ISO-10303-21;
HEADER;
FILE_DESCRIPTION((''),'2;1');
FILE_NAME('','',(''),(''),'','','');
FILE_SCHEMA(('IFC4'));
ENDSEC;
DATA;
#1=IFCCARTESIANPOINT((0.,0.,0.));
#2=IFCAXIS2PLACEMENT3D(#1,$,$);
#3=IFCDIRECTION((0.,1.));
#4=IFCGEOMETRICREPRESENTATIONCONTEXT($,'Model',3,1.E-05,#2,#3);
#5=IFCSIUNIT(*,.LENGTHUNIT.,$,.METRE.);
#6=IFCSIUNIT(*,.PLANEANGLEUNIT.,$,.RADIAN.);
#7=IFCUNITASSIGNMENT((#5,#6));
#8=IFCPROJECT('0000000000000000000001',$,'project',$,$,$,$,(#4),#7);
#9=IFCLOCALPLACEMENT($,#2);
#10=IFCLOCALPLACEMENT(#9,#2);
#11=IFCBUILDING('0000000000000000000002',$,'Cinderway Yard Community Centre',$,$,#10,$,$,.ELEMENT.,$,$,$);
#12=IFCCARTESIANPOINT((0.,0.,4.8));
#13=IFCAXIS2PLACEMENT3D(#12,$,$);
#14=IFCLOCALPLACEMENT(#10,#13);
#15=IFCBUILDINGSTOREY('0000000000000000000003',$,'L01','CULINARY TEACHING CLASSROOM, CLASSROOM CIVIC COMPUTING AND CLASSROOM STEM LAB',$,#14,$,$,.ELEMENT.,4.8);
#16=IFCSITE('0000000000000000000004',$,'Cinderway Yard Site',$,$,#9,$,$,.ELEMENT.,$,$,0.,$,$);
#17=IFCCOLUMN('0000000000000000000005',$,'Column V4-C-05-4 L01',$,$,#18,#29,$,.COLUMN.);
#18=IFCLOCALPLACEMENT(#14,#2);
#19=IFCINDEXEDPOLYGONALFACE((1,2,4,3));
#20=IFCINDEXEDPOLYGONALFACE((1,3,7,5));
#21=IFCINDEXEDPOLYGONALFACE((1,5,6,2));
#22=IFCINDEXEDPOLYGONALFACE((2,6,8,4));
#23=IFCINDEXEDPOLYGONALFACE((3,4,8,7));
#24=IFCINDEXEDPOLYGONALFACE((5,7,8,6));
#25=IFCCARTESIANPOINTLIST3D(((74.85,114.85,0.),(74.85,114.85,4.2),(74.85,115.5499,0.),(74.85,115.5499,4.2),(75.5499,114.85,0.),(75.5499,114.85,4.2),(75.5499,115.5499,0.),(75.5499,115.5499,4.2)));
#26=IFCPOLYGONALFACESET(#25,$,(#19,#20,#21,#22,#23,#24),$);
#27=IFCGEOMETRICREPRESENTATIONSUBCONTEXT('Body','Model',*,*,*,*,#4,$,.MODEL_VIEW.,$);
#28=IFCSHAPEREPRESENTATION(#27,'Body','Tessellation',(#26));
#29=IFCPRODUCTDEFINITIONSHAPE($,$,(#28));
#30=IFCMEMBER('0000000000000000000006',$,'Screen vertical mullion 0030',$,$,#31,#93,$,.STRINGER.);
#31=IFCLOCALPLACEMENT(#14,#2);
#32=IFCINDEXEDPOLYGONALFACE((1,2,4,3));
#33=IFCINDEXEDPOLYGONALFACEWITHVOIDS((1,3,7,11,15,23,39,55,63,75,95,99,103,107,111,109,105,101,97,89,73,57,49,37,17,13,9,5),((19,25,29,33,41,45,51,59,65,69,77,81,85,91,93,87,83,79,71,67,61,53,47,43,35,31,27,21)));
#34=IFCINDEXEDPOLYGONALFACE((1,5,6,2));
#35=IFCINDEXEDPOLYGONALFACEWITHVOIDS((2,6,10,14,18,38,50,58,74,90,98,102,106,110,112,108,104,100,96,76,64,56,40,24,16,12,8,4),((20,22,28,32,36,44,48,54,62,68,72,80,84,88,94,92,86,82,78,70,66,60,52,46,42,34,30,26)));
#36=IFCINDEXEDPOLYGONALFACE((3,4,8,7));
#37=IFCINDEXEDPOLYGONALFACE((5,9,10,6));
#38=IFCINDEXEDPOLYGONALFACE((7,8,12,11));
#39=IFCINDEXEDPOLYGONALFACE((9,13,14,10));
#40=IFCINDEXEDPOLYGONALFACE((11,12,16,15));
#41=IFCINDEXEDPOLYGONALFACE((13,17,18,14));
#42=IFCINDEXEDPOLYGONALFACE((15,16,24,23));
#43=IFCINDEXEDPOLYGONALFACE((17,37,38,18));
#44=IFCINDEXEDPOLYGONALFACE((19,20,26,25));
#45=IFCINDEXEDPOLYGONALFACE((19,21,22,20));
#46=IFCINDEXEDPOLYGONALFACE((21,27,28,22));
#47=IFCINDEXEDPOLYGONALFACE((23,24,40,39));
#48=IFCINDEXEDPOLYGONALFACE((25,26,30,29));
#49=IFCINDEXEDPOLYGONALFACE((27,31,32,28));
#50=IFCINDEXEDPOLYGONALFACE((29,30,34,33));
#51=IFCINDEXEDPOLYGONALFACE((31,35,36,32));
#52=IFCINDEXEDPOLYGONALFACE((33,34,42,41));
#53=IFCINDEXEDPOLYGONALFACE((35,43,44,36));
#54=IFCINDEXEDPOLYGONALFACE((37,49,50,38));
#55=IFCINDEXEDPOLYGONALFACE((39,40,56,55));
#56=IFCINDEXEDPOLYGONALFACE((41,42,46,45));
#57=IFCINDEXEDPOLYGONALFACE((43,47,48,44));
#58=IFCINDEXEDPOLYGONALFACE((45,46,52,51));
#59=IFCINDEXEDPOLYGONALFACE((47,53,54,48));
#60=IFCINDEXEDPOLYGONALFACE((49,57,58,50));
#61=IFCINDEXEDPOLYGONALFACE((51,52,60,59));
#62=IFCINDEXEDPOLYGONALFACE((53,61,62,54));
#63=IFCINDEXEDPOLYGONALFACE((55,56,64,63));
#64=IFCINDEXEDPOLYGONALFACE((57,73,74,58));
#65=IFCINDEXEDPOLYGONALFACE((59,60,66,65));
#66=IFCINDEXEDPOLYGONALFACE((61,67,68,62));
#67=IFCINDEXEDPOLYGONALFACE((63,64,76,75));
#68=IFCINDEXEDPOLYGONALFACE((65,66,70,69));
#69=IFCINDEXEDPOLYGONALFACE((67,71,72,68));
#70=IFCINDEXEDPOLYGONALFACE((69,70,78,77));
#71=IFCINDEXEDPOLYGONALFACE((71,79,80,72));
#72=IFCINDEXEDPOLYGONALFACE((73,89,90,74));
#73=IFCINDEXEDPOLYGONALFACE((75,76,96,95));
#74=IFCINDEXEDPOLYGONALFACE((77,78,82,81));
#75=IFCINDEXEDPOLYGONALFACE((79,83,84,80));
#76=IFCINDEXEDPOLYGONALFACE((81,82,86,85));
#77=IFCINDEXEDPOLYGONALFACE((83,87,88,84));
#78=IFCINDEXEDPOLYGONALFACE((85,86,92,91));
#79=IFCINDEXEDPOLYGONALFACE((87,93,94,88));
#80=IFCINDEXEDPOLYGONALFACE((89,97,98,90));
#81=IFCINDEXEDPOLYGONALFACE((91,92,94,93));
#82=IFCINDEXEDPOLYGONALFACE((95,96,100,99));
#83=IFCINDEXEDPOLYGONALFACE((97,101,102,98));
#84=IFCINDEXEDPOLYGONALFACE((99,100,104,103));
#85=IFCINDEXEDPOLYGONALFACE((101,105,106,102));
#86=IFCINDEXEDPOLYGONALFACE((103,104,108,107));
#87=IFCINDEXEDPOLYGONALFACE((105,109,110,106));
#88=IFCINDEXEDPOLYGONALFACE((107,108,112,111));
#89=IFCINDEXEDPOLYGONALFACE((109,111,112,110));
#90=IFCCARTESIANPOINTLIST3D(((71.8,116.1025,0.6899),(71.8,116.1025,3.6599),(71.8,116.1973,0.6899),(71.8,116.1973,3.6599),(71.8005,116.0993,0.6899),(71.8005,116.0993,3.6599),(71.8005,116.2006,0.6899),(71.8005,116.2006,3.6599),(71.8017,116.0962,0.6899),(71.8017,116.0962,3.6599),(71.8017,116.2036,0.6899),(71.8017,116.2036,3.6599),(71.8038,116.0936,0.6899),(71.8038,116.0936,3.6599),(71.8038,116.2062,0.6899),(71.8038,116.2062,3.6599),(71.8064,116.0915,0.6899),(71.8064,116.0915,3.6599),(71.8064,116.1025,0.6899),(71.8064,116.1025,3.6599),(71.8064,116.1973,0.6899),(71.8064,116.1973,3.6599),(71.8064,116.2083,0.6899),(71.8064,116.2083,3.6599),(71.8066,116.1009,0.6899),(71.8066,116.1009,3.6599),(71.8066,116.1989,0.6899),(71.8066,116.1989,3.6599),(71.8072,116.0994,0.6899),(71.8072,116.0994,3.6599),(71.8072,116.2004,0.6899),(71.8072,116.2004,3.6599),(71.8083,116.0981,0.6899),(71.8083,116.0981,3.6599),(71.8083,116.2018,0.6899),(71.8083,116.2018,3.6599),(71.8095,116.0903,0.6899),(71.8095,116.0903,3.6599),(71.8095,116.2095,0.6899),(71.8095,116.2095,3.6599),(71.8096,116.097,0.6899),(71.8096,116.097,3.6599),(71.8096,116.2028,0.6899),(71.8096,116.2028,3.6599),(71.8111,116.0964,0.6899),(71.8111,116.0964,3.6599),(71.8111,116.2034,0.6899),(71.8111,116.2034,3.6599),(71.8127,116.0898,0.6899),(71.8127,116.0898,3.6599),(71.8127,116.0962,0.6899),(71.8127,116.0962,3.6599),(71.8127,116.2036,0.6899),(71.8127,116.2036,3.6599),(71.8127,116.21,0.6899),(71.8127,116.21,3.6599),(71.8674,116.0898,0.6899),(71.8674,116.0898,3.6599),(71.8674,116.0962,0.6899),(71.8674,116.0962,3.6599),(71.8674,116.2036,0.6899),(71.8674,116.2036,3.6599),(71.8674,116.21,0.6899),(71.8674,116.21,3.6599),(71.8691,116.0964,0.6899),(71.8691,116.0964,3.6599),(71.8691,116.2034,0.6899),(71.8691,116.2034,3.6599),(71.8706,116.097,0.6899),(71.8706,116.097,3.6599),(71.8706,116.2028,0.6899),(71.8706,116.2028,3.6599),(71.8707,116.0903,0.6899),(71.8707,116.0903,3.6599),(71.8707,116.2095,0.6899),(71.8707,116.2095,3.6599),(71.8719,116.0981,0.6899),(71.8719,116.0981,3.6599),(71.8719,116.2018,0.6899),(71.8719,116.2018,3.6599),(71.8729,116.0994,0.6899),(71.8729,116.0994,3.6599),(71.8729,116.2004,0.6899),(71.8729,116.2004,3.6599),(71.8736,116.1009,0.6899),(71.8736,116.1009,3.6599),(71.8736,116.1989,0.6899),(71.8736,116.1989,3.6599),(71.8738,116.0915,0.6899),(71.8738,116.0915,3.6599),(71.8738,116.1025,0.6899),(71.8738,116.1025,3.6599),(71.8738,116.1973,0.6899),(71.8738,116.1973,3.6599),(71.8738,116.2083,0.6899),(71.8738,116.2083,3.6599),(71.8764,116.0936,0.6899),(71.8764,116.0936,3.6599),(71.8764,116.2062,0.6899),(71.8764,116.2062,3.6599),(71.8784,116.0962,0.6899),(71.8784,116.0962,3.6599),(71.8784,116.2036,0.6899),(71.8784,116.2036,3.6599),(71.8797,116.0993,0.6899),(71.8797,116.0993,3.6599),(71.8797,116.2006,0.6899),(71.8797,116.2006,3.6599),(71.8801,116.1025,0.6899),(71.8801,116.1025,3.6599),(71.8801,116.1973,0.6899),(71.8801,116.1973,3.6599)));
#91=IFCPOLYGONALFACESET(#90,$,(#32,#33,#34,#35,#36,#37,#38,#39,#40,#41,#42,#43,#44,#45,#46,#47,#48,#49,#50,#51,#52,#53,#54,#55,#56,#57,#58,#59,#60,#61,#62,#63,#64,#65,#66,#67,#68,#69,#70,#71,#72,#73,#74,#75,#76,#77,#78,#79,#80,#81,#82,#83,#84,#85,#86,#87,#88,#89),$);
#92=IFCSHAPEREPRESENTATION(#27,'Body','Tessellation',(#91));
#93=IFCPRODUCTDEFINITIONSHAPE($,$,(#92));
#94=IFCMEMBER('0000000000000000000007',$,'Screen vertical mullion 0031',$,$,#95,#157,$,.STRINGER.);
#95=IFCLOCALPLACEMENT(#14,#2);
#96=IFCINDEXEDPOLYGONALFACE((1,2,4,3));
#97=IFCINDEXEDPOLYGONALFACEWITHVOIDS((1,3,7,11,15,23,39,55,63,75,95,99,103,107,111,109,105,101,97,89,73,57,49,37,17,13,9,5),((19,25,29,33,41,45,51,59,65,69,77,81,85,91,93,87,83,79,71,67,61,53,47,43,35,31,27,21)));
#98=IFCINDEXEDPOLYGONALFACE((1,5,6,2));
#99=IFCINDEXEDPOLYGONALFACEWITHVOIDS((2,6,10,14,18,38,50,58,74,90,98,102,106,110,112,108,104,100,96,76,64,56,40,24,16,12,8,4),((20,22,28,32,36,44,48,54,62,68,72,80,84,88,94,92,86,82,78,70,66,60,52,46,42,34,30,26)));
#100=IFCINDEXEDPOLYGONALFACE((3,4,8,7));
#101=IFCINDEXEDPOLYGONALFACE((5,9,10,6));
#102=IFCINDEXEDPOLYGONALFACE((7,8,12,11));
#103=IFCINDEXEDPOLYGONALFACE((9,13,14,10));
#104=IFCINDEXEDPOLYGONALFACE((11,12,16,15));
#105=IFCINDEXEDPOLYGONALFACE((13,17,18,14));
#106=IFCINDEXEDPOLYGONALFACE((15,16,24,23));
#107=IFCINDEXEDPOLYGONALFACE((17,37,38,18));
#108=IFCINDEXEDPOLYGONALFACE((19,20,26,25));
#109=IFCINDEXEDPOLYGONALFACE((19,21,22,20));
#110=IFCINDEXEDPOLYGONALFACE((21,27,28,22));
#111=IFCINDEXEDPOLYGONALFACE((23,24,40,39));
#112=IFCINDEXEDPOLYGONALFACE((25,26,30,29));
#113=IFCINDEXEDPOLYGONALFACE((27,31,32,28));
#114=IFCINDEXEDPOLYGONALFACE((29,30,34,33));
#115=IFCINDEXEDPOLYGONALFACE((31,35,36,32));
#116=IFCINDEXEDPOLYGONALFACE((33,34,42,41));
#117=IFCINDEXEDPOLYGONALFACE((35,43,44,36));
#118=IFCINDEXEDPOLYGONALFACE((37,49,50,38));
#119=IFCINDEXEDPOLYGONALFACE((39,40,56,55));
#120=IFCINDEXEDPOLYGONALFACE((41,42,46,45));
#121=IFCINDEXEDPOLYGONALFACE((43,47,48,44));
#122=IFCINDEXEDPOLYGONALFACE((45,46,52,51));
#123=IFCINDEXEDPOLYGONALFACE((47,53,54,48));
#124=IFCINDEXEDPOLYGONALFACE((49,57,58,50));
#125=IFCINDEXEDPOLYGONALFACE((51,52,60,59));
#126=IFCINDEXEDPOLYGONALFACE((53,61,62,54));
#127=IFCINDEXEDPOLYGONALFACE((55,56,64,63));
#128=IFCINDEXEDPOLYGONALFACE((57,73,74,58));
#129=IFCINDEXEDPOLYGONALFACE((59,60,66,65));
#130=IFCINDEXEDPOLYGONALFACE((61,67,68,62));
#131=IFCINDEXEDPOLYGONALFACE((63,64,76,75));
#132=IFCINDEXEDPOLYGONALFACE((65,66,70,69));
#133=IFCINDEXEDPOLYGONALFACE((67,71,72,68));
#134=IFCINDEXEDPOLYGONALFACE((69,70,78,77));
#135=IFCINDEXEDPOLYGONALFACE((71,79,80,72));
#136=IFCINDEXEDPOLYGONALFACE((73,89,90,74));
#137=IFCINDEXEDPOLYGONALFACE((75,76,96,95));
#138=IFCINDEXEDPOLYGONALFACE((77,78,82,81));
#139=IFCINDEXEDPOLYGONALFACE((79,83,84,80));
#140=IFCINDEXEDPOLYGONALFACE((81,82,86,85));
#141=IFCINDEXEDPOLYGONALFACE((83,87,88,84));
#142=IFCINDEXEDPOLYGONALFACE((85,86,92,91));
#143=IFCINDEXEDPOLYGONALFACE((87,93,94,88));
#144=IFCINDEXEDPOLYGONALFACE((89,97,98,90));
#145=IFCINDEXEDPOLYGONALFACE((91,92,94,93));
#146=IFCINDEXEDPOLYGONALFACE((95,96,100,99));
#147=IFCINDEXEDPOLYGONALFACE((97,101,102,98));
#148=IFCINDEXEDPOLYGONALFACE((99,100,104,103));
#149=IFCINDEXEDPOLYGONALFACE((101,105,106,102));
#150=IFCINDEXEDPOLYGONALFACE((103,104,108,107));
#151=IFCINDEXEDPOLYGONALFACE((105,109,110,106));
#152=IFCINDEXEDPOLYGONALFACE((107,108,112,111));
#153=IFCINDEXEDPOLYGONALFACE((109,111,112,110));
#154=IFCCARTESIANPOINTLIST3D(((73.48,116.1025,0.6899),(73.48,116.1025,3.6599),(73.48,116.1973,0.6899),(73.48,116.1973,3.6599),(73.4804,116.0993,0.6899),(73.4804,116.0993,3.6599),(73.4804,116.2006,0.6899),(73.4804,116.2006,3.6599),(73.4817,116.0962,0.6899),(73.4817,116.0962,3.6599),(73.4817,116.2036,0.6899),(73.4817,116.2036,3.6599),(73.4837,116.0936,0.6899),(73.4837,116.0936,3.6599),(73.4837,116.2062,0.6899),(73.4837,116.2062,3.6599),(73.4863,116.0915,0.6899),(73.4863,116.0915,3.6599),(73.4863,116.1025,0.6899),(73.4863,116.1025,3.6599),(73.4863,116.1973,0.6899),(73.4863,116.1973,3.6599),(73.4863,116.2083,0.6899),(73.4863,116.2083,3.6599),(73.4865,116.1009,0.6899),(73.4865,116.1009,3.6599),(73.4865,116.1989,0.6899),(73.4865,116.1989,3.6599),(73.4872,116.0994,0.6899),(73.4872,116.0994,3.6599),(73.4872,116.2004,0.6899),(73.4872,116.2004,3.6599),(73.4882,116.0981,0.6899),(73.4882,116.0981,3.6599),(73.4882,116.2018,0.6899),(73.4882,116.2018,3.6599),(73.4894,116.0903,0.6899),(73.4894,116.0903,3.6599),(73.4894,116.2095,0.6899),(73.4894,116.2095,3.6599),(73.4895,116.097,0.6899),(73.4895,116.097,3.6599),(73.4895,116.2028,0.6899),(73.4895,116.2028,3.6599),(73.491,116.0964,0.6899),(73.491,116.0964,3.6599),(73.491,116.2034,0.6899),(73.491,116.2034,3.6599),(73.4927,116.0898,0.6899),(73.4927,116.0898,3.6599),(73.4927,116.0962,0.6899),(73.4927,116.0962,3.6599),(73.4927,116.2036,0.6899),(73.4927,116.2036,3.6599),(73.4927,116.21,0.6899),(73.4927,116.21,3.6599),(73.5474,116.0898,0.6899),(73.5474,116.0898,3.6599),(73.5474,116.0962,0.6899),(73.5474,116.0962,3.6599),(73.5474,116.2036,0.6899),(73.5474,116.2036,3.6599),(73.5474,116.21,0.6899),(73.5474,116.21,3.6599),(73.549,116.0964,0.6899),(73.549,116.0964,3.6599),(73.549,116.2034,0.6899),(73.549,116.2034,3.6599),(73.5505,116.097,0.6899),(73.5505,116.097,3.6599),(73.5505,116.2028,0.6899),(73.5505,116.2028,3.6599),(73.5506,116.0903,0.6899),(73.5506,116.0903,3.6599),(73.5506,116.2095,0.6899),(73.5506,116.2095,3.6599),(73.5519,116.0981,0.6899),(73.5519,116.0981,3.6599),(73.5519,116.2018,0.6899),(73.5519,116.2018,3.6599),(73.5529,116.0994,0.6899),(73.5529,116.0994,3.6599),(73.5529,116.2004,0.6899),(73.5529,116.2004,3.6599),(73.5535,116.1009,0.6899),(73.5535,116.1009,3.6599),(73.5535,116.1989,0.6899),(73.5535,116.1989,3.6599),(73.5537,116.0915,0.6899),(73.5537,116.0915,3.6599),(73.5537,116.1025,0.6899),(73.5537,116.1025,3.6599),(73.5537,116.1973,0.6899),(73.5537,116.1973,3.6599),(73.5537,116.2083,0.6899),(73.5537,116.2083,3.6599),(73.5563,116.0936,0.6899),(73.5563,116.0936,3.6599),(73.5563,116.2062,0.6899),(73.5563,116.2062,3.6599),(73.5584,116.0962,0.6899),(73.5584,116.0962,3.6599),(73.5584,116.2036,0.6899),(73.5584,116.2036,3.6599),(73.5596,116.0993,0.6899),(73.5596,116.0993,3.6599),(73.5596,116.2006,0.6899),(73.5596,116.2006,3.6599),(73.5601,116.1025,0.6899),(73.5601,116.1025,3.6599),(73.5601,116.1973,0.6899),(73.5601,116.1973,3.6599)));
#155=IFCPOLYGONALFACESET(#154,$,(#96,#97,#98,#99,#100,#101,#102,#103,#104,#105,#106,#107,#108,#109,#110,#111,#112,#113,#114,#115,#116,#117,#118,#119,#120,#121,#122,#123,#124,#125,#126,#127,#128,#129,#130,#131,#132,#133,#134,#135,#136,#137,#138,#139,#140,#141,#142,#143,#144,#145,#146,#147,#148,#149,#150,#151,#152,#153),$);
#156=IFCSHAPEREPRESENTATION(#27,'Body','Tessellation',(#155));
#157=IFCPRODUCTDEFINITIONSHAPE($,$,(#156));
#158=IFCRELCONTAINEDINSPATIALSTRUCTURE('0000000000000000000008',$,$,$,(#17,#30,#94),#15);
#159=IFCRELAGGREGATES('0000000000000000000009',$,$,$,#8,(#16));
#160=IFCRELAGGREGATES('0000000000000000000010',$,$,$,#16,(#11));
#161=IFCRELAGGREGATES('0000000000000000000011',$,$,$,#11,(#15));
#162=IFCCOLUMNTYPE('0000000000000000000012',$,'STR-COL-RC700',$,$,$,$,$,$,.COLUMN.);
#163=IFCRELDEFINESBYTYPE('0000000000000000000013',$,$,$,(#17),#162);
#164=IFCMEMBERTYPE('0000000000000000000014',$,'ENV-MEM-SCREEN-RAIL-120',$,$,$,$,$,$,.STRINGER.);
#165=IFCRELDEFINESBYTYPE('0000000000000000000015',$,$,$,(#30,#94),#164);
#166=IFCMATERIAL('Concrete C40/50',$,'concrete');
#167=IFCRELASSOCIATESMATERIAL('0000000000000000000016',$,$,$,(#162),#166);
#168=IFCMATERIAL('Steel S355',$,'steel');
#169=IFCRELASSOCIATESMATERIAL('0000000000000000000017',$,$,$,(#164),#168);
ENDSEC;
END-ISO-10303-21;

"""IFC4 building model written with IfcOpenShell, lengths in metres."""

from ifc_helpers import new_model, si_unit, direction, frame, origin, origin_2d, place, context, subcontext, project, spatial, rectangle, hollow_rectangle, extrude, material, material_profile, profile_set, type_object, element, save


model = new_model("IFC4")

# Units and contexts
model_context = context("Model", 3, precision=1e-05, world=origin(), true_north=direction((0.0, 1.0)))
body_context = subcontext(model_context, "Body", "Model", "MODEL_VIEW")
ifc_project = project(units=[si_unit("LENGTHUNIT", "METRE"), si_unit("PLANEANGLEUNIT", "RADIAN")], contexts=[model_context])

# Site, building, storey
site_placement = place(None, origin())
site = spatial("IfcSite", under=ifc_project, at=site_placement, Name="Cinderway Yard Site", CompositionType="ELEMENT", RefElevation=0.0)
building_placement = place(site_placement, origin())
building = spatial("IfcBuilding", under=site, at=building_placement, Name="Cinderway Yard Community Centre", CompositionType="ELEMENT")
storey_placement = place(building_placement, frame((0.0, 0.0, 4.8)))
storey = spatial("IfcBuildingStorey", under=building, at=storey_placement, Name="L01", Description="CULINARY TEACHING CLASSROOM, CLASSROOM CIVIC COMPUTING AND CLASSROOM STEM LAB", CompositionType="ELEMENT", Elevation=4.8)

# Column
ifc_material_1 = material(Name="Concrete C40/50", Category="concrete")
ifc_material_profile_1 = material_profile(ifc_material_1, rectangle(XDim=0.7, YDim=0.7, at=origin_2d()), Name="Concrete C40/50")
ifc_profile_set_1 = profile_set([ifc_material_profile_1], Name="Concrete C40/50")
column_type = type_object("IfcColumnType", Name="STR-COL-RC700", PredefinedType="COLUMN", material=ifc_profile_set_1)
column_placement = place(storey_placement, frame((75.2, 115.2, 0.0), z_axis=(0.0, 0.0, 1.0), x_axis=(1.0, 0.0, 0.0)))
element("IfcColumn", 1, at=column_placement, inside=storey, type_object=column_type, Name="Column V4-C-05-4 L01", PredefinedType="COLUMN", context=body_context, shape_type="SweptSolid", body=[
    extrude(rectangle(XDim=0.7, YDim=0.7, at=origin_2d()), origin(), (0.0, 0.0, 1.0), 4.2),
])

# Members
ifc_material_2 = material(Name="Steel S355", Category="steel")
ifc_material_profile_2 = material_profile(ifc_material_2, hollow_rectangle(XDim=0.0801, YDim=0.1201, WallThickness=0.0063, InnerFilletRadius=0.0063, OuterFilletRadius=0.0127, at=origin_2d()), Name="Steel S355")
ifc_profile_set_2 = profile_set([ifc_material_profile_2], Name="Steel S355")
member_type_1 = type_object("IfcMemberType", Name="ENV-MEM-SCREEN-RAIL-120", PredefinedType="STRINGER", material=ifc_profile_set_2)
for number, where, z_axis, x_axis, name in (
    (2, (71.8401, 116.1499, 0.6899), (0.0, 0.0, 1.0), (1.0, 0.0, 0.0), "Screen vertical mullion 0030"),
    (3, (73.52, 116.1499, 0.6899), (0.0, 0.0, 1.0), (1.0, 0.0, 0.0), "Screen vertical mullion 0031"),
):
    element("IfcMember", number, at=place(storey_placement, frame(where, z_axis=z_axis, x_axis=x_axis)), inside=storey, type_object=member_type_1, Name=name, PredefinedType="STRINGER", context=body_context, shape_type="SweptSolid", body=[
        extrude(hollow_rectangle(XDim=0.0801, YDim=0.1201, WallThickness=0.0063, InnerFilletRadius=0.0063, OuterFilletRadius=0.0127, at=origin_2d()), origin(), (0.0, 0.0, 1.0), 2.97),
    ])

save(model, "model.ifc")
